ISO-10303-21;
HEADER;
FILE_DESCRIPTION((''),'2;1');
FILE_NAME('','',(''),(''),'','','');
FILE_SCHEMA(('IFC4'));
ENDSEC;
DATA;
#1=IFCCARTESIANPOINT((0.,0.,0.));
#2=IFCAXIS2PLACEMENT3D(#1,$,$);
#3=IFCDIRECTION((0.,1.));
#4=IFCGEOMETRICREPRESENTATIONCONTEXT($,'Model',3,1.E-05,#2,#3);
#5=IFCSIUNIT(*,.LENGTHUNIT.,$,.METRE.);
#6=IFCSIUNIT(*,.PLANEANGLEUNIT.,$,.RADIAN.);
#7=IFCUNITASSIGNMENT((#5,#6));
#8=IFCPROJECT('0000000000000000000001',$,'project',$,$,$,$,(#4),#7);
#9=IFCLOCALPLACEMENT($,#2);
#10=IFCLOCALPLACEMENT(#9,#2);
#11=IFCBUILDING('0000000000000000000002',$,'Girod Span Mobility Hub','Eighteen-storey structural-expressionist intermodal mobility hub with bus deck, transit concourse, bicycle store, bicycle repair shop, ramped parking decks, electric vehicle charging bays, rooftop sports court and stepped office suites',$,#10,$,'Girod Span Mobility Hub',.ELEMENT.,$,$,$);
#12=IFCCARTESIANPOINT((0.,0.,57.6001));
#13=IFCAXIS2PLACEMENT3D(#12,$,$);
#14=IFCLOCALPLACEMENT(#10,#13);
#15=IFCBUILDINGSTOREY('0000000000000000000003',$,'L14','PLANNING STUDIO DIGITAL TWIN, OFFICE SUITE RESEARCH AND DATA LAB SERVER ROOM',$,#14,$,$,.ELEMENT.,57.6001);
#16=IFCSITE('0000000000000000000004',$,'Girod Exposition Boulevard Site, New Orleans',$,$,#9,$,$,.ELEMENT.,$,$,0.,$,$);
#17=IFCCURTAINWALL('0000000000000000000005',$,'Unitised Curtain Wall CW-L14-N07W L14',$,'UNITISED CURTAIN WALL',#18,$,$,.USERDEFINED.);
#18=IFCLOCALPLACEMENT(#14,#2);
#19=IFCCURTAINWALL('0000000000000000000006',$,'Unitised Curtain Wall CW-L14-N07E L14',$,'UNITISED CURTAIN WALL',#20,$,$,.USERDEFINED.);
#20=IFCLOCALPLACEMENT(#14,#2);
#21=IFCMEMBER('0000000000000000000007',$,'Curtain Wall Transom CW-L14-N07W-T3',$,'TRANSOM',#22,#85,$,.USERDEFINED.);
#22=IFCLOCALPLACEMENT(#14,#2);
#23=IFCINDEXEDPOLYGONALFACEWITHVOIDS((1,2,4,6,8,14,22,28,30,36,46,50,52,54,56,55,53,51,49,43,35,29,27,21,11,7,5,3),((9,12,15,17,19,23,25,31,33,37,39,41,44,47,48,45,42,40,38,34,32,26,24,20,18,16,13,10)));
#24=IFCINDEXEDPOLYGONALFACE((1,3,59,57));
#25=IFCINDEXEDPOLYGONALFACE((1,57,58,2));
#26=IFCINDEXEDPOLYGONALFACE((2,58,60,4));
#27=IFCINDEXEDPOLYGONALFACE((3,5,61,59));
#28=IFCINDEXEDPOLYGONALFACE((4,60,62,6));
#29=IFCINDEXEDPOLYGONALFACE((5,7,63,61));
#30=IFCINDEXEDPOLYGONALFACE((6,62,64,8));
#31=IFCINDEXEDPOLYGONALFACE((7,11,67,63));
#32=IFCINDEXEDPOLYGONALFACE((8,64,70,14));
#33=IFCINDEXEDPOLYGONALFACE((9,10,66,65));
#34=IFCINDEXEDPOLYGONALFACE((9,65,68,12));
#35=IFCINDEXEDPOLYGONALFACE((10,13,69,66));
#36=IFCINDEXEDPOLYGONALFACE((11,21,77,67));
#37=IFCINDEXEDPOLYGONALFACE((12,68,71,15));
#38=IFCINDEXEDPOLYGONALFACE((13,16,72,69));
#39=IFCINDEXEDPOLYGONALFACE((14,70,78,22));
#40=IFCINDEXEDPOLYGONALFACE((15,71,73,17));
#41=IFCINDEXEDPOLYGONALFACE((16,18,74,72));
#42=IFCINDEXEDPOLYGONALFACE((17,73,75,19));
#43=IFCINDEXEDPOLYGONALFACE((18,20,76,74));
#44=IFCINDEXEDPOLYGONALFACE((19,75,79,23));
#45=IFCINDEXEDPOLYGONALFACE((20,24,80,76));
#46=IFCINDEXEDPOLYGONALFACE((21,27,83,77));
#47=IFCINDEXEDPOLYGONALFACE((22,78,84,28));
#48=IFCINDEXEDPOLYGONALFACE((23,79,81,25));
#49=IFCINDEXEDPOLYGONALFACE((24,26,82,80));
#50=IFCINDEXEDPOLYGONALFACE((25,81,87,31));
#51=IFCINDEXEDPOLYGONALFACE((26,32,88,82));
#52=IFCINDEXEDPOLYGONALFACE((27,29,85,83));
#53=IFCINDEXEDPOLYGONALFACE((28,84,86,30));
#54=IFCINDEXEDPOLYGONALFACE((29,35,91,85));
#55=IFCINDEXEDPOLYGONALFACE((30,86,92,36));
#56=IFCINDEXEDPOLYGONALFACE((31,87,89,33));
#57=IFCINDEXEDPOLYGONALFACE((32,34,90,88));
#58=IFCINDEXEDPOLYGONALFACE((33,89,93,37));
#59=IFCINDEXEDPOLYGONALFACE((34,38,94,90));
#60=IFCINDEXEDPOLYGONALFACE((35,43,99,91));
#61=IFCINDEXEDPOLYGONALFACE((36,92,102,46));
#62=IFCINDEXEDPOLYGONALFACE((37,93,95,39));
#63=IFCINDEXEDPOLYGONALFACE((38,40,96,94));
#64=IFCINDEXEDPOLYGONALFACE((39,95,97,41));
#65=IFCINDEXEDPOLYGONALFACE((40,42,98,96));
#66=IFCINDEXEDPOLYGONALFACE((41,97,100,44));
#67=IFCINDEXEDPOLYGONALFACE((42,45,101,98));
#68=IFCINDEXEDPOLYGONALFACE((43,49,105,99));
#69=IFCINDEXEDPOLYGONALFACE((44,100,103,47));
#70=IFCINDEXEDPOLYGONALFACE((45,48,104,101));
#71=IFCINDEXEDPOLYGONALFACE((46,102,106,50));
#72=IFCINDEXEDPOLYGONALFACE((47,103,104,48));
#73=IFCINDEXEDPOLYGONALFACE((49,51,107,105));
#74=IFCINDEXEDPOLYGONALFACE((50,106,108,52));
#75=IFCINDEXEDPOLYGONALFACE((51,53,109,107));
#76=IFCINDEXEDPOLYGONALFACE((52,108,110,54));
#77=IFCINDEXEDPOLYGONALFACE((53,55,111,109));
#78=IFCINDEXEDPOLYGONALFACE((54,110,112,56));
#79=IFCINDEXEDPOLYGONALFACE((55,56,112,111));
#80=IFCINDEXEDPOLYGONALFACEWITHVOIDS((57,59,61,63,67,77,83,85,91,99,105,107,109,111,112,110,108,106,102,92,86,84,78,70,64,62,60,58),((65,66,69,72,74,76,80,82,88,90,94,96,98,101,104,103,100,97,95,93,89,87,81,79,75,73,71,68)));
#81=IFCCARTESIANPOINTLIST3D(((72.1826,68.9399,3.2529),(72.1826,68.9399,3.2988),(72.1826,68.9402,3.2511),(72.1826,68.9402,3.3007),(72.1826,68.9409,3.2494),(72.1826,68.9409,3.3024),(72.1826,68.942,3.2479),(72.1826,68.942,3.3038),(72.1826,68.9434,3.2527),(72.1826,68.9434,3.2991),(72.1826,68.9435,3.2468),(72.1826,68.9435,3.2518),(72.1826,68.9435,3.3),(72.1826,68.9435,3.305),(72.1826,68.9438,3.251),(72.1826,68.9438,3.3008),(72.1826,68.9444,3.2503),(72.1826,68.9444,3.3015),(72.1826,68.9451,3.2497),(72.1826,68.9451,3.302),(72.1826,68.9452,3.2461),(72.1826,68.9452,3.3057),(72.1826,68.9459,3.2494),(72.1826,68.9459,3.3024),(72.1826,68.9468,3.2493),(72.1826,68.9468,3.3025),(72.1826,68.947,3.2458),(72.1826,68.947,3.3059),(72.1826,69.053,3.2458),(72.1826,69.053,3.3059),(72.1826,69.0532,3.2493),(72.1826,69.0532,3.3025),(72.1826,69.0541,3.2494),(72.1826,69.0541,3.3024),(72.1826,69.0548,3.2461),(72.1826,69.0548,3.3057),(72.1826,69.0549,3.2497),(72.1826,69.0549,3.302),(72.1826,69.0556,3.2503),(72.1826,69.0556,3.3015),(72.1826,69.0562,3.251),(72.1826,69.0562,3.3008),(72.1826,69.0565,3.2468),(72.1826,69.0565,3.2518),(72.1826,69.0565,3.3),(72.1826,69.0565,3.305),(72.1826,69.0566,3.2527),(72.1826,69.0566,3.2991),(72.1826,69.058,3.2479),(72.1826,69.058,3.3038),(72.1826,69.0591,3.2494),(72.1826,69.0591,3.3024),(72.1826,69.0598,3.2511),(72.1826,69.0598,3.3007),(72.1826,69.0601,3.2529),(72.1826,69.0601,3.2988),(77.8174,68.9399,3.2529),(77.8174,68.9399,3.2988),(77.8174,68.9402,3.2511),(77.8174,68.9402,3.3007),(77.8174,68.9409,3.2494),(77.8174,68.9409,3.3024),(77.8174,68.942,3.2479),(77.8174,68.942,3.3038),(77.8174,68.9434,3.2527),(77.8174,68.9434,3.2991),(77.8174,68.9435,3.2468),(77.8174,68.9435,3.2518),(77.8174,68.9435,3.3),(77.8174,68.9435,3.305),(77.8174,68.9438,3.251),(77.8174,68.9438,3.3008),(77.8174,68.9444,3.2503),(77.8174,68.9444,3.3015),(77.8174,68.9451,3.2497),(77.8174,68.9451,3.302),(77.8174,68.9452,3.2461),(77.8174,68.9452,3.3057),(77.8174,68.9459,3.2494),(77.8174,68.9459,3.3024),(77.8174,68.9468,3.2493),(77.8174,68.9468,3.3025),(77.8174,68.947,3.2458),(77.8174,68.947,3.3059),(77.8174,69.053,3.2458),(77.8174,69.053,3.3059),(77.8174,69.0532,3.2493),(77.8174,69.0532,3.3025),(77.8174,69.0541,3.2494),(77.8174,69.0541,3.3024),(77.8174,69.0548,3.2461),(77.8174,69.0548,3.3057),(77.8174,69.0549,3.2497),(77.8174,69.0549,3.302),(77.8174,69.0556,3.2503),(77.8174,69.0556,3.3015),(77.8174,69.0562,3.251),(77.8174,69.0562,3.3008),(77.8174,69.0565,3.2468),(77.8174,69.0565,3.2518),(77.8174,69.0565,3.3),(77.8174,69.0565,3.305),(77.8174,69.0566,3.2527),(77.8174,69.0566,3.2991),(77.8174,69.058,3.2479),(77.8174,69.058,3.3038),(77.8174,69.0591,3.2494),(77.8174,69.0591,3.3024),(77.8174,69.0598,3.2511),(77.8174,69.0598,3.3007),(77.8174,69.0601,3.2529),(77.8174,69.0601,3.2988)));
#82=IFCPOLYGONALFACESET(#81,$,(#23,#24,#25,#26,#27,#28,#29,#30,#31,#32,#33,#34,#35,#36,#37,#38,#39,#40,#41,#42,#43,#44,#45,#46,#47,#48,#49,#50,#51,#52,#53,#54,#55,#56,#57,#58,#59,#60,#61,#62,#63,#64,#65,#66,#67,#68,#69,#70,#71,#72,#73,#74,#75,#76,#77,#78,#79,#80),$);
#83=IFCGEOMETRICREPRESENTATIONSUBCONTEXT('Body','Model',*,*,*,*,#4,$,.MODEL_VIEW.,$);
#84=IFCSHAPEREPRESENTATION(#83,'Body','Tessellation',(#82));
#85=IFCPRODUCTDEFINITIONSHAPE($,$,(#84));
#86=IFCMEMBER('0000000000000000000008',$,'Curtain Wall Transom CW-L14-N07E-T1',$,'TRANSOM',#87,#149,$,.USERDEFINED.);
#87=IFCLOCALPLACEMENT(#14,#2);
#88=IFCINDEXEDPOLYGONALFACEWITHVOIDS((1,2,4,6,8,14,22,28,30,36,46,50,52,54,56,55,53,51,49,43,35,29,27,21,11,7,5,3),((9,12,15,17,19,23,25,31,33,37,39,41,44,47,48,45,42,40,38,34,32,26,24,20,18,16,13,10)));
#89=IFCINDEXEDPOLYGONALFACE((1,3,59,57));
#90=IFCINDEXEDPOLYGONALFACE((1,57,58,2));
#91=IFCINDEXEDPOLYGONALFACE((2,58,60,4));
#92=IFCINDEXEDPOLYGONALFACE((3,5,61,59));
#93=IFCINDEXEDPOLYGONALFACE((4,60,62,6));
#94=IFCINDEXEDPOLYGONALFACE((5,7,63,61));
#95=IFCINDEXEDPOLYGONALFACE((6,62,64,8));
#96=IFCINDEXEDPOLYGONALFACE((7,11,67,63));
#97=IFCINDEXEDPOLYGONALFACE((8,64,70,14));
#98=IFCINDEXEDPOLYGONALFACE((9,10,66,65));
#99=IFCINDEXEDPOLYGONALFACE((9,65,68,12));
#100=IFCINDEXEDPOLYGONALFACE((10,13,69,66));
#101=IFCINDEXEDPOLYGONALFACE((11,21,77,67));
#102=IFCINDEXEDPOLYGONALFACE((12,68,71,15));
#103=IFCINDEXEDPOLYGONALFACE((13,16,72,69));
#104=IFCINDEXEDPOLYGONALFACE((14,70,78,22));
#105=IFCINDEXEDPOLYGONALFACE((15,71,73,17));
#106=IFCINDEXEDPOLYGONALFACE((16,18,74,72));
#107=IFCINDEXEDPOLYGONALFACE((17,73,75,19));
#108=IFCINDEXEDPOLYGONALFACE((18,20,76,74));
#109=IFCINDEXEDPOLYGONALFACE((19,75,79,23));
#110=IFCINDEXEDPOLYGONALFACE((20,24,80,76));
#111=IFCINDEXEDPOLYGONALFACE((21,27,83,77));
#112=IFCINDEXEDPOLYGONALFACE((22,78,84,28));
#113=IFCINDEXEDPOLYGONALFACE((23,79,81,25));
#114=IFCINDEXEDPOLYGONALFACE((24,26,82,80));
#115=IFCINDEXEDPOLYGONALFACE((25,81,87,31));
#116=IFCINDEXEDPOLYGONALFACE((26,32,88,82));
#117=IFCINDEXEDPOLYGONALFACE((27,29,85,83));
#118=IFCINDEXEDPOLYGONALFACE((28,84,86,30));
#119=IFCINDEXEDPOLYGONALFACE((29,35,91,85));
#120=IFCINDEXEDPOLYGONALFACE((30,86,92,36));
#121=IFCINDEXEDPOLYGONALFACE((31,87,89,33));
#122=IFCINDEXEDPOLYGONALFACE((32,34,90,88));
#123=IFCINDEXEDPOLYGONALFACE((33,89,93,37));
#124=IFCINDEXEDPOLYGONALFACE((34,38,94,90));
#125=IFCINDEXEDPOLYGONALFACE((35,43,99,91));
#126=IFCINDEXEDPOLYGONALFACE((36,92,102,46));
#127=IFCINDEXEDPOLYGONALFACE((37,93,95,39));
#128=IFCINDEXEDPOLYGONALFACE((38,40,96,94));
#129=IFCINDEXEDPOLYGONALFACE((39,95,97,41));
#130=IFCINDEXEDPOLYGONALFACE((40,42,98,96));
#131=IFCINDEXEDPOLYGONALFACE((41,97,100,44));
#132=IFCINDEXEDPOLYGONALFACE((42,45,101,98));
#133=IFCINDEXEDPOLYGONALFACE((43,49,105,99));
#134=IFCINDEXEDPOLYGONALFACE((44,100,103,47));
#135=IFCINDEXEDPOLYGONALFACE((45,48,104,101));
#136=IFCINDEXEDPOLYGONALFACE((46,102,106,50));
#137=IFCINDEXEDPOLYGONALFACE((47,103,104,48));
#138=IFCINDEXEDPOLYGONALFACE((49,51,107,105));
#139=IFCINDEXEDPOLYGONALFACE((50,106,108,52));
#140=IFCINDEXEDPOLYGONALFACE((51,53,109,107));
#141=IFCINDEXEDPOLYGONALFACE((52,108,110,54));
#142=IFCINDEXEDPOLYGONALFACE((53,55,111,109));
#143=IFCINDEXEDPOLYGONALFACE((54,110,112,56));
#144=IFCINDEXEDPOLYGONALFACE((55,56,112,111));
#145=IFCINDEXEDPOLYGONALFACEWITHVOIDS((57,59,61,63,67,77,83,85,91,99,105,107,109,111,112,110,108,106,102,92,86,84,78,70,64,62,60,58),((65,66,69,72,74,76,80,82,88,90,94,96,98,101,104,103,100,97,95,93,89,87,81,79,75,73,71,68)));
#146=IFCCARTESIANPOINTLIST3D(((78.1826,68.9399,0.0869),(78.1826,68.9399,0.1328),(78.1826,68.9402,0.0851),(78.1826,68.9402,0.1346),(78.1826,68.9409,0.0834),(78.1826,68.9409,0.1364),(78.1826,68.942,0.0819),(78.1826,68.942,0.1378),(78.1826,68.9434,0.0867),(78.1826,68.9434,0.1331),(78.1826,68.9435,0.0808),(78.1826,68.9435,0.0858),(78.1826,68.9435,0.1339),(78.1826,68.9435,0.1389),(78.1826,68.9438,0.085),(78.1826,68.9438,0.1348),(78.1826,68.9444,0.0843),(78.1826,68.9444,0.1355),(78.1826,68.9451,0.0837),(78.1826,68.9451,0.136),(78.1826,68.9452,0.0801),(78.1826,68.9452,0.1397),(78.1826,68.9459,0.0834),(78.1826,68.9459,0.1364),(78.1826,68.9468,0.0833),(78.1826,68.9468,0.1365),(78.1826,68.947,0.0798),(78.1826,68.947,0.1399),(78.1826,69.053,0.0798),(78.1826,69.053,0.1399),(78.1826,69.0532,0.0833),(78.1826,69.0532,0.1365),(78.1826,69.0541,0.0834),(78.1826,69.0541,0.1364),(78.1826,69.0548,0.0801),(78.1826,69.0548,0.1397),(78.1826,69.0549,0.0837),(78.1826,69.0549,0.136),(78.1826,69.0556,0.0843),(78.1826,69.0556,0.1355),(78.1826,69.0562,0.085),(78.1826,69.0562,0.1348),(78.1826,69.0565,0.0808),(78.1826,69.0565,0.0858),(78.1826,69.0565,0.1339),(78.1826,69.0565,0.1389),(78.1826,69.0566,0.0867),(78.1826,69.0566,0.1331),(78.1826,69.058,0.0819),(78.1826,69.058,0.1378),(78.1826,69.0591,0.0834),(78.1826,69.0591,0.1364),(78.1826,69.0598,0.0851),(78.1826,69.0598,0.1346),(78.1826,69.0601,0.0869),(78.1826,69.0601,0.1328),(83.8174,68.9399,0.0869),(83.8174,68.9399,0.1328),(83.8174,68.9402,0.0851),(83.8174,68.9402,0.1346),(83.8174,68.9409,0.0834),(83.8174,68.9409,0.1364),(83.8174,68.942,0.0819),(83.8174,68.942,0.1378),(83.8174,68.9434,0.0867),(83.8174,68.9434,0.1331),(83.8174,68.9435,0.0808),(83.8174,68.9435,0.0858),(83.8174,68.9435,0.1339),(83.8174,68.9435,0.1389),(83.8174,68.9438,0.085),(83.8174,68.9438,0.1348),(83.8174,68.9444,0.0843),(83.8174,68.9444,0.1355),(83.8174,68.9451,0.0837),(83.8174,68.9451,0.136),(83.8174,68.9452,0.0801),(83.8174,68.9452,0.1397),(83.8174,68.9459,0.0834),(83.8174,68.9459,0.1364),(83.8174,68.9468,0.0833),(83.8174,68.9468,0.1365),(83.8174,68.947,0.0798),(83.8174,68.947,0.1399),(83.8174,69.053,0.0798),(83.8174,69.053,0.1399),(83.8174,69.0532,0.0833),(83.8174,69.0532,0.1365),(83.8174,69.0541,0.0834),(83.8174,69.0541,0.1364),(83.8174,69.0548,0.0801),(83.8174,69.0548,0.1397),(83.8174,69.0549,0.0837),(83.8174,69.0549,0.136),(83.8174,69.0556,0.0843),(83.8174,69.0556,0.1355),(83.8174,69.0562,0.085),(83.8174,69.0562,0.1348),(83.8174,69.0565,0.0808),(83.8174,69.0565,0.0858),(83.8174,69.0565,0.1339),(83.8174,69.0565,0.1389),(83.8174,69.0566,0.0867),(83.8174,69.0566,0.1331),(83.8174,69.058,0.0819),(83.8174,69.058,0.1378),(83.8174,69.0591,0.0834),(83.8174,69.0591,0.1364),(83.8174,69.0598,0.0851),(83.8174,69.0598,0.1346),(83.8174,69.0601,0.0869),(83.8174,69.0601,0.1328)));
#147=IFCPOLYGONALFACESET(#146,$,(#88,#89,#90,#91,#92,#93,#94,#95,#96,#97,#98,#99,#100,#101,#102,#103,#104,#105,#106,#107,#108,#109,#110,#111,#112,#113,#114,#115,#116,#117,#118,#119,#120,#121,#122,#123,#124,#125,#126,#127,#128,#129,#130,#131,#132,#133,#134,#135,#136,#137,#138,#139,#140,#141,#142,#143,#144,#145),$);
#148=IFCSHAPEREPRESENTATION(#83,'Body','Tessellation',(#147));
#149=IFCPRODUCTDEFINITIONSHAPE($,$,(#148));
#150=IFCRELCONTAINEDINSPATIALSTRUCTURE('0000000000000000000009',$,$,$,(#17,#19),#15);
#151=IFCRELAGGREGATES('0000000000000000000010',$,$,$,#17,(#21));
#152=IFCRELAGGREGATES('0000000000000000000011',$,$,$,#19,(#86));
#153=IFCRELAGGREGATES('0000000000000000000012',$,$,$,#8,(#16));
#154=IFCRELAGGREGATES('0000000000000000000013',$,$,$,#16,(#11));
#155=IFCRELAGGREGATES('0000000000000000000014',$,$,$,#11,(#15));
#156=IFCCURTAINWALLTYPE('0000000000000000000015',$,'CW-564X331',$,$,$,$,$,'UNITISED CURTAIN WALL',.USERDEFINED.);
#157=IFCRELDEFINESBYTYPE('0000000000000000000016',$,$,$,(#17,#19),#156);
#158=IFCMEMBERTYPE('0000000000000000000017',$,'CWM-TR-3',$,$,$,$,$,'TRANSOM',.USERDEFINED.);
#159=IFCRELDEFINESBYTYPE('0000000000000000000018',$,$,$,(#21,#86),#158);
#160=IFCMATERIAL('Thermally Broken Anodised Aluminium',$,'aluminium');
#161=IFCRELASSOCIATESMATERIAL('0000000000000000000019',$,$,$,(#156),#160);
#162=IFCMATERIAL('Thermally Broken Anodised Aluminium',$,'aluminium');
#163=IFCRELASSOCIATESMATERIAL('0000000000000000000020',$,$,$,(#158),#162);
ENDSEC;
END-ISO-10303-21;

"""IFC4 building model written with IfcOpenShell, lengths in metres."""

from ifc_helpers import new_model, si_unit, direction, frame, origin, origin_2d, place, context, subcontext, project, spatial, hollow_rectangle, extrude, material, material_profile, profile_set, type_object, element, aggregate, save


model = new_model("IFC4")

# Units and contexts
model_context = context("Model", 3, precision=1e-05, world=origin(), true_north=direction((0.0, 1.0)))
body_context = subcontext(model_context, "Body", "Model", "MODEL_VIEW")
ifc_project = project(units=[si_unit("LENGTHUNIT", "METRE"), si_unit("PLANEANGLEUNIT", "RADIAN")], contexts=[model_context])

# Site, building, storey
site_placement = place(None, origin())
site = spatial("IfcSite", under=ifc_project, at=site_placement, Name="Girod Exposition Boulevard Site, New Orleans", CompositionType="ELEMENT", RefElevation=0.0)
building_placement = place(site_placement, origin())
building = spatial("IfcBuilding", under=site, at=building_placement, Name="Girod Span Mobility Hub", Description="Eighteen-storey structural-expressionist intermodal mobility hub with bus deck, transit concourse, bicycle store, bicycle repair shop, ramped parking decks, electric vehicle charging bays, rooftop sports court and stepped office suites", LongName="Girod Span Mobility Hub", CompositionType="ELEMENT")
storey_placement = place(building_placement, frame((0.0, 0.0, 57.6001)))
storey = spatial("IfcBuildingStorey", under=building, at=storey_placement, Name="L14", Description="PLANNING STUDIO DIGITAL TWIN, OFFICE SUITE RESEARCH AND DATA LAB SERVER ROOM", CompositionType="ELEMENT", Elevation=57.6001)

# Curtain wall
ifc_material_1 = material(Name="Thermally Broken Anodised Aluminium", Category="aluminium")
curtain_wall_type = type_object("IfcCurtainWallType", Name="CW-564X331", ElementType="UNITISED CURTAIN WALL", PredefinedType="USERDEFINED", material=ifc_material_1)
curtain_wall_1_placement = place(storey_placement, origin())
curtain_wall_1 = element("IfcCurtainWall", 1, at=curtain_wall_1_placement, inside=storey, type_object=curtain_wall_type, Name="Unitised Curtain Wall CW-L14-N07W L14", ObjectType="UNITISED CURTAIN WALL", PredefinedType="USERDEFINED")

# Curtain wall
curtain_wall_2_placement = place(storey_placement, origin())
curtain_wall_2 = element("IfcCurtainWall", 2, at=curtain_wall_2_placement, inside=storey, type_object=curtain_wall_type, Name="Unitised Curtain Wall CW-L14-N07E L14", ObjectType="UNITISED CURTAIN WALL", PredefinedType="USERDEFINED")

# Members
ifc_material_2 = material(Name="Thermally Broken Anodised Aluminium", Category="aluminium")
ifc_material_profile_1 = material_profile(ifc_material_2, hollow_rectangle(XDim=0.1201, YDim=0.0601, WallThickness=0.0034, InnerFilletRadius=0.0034, OuterFilletRadius=0.0071, at=origin_2d()), Name="CW-TR-60X120")
ifc_profile_set_1 = profile_set([ifc_material_profile_1], Name="Thermally Broken Anodised Aluminium")
member_type_1 = type_object("IfcMemberType", Name="CWM-TR-3", ElementType="TRANSOM", PredefinedType="USERDEFINED", material=ifc_profile_set_1)
member_1_placement = place(storey_placement, frame((72.1826, 69.0, 3.2759), z_axis=(1.0, 0.0, 0.0), x_axis=(0.0, 1.0, 0.0)))
member_1 = element("IfcMember", 3, at=member_1_placement, type_object=member_type_1, Name="Curtain Wall Transom CW-L14-N07W-T3", ObjectType="TRANSOM", PredefinedType="USERDEFINED", context=body_context, shape_type="SweptSolid", body=[
    extrude(hollow_rectangle(XDim=0.1201, YDim=0.0601, WallThickness=0.0034, InnerFilletRadius=0.0034, OuterFilletRadius=0.0071, at=origin_2d()), origin(), (0.0, 0.0, 1.0), 5.6348),
])
member_2_placement = place(storey_placement, frame((78.1826, 69.0, 0.1099), z_axis=(1.0, 0.0, 0.0), x_axis=(0.0, 1.0, 0.0)))
member_2 = element("IfcMember", 4, at=member_2_placement, type_object=member_type_1, Name="Curtain Wall Transom CW-L14-N07E-T1", ObjectType="TRANSOM", PredefinedType="USERDEFINED", context=body_context, shape_type="SweptSolid", body=[
    extrude(hollow_rectangle(XDim=0.1201, YDim=0.0601, WallThickness=0.0034, InnerFilletRadius=0.0034, OuterFilletRadius=0.0071, at=origin_2d()), origin(), (0.0, 0.0, 1.0), 5.6348),
])

aggregate(curtain_wall_1, [member_1])
aggregate(curtain_wall_2, [member_2])

save(model, "model.ifc")
